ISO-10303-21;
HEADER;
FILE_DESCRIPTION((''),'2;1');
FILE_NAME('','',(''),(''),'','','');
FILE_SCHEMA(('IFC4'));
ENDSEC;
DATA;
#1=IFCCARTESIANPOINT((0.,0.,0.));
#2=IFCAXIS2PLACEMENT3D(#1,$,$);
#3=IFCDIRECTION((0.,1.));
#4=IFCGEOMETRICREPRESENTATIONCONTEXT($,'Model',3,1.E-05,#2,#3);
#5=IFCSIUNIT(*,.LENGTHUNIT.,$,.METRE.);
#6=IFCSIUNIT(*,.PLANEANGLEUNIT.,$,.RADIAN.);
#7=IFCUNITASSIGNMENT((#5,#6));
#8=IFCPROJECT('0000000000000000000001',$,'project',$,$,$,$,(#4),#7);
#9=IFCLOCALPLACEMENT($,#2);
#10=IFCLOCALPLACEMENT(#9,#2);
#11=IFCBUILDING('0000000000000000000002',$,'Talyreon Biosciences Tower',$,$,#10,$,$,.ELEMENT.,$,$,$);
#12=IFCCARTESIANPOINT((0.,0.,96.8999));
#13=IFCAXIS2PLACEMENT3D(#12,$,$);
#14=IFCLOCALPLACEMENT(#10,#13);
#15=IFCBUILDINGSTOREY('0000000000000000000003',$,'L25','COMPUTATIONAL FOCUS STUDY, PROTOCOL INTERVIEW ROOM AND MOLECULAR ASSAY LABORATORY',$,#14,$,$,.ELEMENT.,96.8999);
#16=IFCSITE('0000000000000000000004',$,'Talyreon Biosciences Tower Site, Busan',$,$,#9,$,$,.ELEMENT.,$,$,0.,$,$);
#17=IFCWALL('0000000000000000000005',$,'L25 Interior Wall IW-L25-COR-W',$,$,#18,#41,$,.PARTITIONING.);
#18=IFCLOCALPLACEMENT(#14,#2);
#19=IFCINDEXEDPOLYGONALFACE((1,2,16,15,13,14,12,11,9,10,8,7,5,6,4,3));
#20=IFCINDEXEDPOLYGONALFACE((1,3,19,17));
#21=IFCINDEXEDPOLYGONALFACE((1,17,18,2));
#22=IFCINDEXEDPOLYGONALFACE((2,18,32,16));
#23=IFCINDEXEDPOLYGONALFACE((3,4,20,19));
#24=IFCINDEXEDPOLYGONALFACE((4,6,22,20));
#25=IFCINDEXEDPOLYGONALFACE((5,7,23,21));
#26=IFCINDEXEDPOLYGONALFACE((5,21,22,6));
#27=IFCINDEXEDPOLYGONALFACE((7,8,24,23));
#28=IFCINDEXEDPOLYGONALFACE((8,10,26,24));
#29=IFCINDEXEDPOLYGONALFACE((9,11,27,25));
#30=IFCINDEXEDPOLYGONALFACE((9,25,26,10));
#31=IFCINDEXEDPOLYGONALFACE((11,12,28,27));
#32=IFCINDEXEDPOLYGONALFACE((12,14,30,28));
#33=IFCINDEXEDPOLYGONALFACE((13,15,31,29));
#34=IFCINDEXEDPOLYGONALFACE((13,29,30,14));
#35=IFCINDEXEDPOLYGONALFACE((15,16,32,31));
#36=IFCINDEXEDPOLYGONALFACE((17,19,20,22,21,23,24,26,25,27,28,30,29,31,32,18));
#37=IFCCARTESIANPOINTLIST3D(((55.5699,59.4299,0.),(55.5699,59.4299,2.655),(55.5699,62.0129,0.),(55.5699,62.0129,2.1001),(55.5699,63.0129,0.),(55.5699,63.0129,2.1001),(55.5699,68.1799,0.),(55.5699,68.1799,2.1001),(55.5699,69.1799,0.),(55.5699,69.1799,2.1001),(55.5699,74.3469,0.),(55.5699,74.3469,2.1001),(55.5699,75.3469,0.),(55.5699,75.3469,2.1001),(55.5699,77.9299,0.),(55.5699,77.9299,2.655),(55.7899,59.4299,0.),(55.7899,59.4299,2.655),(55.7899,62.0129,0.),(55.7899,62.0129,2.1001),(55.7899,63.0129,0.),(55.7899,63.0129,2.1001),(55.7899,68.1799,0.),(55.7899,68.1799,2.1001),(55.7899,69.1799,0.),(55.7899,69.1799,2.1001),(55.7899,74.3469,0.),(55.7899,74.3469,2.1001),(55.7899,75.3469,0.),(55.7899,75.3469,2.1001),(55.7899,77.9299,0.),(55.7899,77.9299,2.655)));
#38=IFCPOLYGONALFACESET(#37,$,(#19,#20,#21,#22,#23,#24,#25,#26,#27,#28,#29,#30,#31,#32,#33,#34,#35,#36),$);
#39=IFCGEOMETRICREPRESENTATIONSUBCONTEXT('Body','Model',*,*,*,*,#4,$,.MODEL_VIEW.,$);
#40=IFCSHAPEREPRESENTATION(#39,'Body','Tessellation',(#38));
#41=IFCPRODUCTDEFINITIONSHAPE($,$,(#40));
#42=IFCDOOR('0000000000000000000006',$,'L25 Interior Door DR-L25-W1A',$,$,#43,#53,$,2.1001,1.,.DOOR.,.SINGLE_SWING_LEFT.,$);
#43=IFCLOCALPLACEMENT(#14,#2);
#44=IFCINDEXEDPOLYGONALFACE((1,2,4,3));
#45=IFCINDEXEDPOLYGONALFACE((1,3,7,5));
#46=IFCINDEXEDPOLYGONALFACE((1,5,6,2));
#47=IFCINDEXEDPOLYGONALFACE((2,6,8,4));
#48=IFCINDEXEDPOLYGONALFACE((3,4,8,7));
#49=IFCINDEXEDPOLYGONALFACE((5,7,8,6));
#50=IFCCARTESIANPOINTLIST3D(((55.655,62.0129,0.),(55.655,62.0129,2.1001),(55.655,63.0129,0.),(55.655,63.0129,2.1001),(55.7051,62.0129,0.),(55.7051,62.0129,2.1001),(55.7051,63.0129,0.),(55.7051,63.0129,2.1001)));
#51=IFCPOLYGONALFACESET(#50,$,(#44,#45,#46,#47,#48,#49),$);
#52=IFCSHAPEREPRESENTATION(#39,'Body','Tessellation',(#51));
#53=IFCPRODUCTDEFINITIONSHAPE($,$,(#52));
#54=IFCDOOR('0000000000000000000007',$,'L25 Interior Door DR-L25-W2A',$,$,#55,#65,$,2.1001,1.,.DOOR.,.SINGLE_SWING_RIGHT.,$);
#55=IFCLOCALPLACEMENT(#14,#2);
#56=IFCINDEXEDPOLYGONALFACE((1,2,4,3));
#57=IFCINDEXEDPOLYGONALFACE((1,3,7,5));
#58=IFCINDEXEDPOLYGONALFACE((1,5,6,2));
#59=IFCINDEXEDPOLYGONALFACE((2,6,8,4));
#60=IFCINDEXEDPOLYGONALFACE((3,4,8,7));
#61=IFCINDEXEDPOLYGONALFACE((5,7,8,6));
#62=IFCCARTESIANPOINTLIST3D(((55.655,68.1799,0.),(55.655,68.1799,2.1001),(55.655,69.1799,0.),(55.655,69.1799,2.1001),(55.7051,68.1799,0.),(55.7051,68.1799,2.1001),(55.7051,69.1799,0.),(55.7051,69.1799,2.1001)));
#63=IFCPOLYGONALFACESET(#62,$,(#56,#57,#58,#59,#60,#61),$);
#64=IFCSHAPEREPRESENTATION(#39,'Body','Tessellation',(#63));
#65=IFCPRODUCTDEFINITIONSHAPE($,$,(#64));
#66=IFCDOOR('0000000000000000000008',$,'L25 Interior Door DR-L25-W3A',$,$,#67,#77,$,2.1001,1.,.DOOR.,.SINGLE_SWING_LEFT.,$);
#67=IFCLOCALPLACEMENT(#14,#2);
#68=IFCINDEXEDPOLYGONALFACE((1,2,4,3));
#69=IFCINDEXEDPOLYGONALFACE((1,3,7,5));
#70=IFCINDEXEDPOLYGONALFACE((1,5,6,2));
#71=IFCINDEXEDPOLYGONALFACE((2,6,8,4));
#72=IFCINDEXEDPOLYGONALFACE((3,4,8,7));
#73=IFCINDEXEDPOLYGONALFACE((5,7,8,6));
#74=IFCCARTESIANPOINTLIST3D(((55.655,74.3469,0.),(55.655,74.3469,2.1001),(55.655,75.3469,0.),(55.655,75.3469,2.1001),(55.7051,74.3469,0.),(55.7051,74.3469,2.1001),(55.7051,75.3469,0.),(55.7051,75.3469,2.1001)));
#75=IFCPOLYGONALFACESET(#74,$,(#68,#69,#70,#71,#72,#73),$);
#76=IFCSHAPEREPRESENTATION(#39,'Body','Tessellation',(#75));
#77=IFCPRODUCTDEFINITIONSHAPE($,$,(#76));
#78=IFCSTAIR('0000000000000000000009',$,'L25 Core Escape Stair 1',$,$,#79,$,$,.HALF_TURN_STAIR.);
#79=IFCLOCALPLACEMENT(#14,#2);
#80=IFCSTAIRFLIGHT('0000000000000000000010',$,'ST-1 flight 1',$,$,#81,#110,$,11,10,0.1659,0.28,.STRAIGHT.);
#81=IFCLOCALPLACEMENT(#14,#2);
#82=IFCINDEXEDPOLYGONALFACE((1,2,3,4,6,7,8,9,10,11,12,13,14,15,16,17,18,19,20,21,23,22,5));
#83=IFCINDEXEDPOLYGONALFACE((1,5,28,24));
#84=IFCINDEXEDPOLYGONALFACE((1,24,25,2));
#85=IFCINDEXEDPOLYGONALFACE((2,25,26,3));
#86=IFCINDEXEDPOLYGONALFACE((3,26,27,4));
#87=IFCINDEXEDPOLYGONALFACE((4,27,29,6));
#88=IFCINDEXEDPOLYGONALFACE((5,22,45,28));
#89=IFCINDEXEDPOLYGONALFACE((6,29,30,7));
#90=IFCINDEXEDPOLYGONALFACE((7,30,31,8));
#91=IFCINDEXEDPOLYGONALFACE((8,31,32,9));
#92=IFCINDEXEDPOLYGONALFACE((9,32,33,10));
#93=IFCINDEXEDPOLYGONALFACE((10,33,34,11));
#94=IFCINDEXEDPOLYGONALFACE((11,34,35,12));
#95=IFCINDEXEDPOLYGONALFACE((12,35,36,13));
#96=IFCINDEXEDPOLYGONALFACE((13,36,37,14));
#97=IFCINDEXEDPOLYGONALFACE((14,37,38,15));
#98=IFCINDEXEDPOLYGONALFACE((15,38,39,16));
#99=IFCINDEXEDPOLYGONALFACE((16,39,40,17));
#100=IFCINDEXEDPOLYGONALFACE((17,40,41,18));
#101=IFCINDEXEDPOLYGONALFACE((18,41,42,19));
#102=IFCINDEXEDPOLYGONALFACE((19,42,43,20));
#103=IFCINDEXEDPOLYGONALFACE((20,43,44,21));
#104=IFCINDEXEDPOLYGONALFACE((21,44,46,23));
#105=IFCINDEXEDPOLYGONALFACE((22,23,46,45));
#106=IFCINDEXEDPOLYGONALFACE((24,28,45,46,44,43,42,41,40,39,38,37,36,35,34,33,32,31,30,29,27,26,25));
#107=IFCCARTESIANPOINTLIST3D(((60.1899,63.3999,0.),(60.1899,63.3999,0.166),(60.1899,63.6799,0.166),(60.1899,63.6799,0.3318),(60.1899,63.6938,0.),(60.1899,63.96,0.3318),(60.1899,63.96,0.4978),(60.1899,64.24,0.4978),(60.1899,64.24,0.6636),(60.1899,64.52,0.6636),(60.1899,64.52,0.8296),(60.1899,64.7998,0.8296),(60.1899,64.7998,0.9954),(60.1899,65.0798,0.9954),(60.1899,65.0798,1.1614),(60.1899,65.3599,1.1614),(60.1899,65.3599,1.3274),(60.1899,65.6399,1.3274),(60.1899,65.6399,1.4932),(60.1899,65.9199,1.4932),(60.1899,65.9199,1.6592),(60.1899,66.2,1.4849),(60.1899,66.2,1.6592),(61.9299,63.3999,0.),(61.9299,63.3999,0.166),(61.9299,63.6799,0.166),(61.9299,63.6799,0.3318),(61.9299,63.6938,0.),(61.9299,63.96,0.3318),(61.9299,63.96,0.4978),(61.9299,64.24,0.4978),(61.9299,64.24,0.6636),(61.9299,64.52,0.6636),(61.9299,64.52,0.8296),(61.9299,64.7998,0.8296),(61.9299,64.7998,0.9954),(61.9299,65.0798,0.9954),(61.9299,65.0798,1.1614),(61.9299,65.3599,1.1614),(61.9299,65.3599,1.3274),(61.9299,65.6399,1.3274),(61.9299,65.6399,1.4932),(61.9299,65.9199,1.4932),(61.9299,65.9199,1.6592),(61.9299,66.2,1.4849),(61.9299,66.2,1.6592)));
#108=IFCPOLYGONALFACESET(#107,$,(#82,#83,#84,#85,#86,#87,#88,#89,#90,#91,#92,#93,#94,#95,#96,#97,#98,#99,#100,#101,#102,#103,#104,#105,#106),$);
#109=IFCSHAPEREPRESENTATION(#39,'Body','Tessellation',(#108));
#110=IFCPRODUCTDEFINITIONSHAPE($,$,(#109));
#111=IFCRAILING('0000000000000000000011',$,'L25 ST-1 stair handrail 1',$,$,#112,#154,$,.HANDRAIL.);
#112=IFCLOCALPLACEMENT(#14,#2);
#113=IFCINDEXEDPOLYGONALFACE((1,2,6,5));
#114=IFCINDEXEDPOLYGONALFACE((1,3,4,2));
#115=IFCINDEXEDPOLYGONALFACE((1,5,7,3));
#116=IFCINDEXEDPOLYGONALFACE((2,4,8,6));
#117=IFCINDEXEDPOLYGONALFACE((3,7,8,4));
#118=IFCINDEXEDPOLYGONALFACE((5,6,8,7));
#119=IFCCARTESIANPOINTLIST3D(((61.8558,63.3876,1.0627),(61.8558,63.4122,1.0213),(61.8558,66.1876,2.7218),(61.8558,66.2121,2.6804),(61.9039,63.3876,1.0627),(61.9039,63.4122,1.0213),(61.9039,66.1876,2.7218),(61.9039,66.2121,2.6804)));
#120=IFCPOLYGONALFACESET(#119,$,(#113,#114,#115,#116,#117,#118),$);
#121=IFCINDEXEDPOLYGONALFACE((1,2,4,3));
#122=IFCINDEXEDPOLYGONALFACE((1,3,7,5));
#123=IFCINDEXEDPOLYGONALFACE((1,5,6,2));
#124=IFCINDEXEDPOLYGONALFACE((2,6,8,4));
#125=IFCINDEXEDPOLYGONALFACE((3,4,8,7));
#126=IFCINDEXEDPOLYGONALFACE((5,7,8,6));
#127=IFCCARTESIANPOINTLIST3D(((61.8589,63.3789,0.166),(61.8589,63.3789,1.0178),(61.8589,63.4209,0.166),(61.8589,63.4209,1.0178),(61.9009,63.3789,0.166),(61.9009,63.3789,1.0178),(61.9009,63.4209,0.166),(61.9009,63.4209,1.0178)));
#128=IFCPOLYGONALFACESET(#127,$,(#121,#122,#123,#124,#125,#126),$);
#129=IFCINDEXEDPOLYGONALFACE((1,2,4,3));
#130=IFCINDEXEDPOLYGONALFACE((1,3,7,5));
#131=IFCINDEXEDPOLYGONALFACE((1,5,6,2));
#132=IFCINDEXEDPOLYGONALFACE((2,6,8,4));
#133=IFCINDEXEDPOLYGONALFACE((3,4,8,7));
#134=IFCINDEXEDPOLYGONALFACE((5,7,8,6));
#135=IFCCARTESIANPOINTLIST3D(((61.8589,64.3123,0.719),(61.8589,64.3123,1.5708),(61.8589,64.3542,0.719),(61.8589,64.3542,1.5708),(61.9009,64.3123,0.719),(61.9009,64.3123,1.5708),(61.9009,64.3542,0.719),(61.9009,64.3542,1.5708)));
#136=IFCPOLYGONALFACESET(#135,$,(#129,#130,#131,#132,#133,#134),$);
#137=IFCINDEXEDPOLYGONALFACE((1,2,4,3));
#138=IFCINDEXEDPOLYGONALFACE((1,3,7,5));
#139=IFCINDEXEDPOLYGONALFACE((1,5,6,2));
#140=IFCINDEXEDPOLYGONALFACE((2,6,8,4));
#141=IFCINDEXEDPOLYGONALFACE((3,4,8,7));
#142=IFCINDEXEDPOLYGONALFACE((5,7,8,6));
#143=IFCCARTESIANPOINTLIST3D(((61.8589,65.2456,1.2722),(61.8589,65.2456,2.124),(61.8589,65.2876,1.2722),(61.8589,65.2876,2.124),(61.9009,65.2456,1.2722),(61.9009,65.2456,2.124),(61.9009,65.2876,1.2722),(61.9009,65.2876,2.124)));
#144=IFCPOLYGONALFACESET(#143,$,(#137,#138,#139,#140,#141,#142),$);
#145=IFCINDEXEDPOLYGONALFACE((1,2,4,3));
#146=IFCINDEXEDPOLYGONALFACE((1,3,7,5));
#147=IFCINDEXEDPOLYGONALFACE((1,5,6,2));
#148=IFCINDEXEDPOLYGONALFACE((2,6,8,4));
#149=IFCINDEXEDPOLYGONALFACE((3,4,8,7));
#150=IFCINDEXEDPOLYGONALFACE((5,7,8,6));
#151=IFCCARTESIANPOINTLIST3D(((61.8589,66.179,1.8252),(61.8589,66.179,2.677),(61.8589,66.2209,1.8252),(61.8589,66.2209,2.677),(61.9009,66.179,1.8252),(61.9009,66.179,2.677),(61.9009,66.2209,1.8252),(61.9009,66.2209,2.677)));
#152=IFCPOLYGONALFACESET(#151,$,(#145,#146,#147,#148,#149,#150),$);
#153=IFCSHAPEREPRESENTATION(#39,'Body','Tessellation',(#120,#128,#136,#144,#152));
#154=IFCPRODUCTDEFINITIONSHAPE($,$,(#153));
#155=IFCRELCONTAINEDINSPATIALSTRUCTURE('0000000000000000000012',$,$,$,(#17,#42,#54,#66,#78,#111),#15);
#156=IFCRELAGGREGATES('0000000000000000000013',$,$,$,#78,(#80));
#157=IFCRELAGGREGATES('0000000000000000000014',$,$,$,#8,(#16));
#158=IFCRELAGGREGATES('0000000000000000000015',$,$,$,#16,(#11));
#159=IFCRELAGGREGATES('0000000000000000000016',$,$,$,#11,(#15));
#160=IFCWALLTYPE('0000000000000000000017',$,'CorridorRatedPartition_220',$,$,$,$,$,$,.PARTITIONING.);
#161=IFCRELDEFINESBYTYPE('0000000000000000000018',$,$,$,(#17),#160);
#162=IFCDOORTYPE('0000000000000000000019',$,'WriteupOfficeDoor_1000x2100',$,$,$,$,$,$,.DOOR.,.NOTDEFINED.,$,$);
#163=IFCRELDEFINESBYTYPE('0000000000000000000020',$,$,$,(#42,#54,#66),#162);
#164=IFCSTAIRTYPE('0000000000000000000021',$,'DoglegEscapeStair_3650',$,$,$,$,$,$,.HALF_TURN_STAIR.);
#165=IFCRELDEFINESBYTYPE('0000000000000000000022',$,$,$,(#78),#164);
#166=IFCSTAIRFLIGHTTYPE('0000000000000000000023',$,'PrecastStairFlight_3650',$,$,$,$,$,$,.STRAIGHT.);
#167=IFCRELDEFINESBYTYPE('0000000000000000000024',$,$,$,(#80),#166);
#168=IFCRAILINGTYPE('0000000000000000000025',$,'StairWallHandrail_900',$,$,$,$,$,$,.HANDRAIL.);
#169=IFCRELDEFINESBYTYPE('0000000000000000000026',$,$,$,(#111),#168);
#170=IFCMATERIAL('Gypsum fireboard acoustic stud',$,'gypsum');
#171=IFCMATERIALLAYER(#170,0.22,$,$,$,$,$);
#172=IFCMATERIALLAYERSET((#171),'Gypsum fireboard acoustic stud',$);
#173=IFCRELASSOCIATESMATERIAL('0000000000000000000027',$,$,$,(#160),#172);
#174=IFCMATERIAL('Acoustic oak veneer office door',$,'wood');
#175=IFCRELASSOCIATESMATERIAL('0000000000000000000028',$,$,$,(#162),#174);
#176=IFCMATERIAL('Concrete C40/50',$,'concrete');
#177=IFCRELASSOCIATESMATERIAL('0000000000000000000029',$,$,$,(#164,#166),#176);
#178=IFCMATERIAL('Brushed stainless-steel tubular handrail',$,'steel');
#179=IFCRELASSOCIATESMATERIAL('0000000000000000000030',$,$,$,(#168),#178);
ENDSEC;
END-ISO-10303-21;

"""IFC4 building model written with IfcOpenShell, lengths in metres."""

from ifc_helpers import new_model, si_unit, direction, frame, frame_2d, origin, origin_2d, place, context, subcontext, project, spatial, polyline, rectangle, outline, extrude, material, layer, layer_set, type_object, element, fill, aggregate, save


model = new_model("IFC4")

# Units and contexts
model_context = context("Model", 3, precision=1e-05, world=origin(), true_north=direction((0.0, 1.0)))
body_context = subcontext(model_context, "Body", "Model", "MODEL_VIEW")
ifc_project = project(units=[si_unit("LENGTHUNIT", "METRE"), si_unit("PLANEANGLEUNIT", "RADIAN")], contexts=[model_context])

# Site, building, storey
site_placement = place(None, origin())
site = spatial("IfcSite", under=ifc_project, at=site_placement, Name="Talyreon Biosciences Tower Site, Busan", CompositionType="ELEMENT", RefElevation=0.0)
building_placement = place(site_placement, origin())
building = spatial("IfcBuilding", under=site, at=building_placement, Name="Talyreon Biosciences Tower", CompositionType="ELEMENT")
storey_placement = place(building_placement, frame((0.0, 0.0, 96.8999)))
storey = spatial("IfcBuildingStorey", under=building, at=storey_placement, Name="L25", Description="COMPUTATIONAL FOCUS STUDY, PROTOCOL INTERVIEW ROOM AND MOLECULAR ASSAY LABORATORY", CompositionType="ELEMENT", Elevation=96.8999)

# Wall, openings, doors
ifc_material_1 = material(Name="Gypsum fireboard acoustic stud", Category="gypsum")
ifc_layer_1 = layer(ifc_material_1, 0.22)
ifc_layer_set_1 = layer_set([ifc_layer_1], Name="Gypsum fireboard acoustic stud")
wall_type_1 = type_object("IfcWallType", Name="CorridorRatedPartition_220", PredefinedType="PARTITIONING", material=ifc_layer_set_1)
wall_1_placement = place(storey_placement, frame((55.6799, 59.4299, 0.0), z_axis=(0.0, 0.0, 1.0), x_axis=(0.0, 1.0, 0.0)))
wall_1 = element("IfcWall", 1, at=wall_1_placement, inside=storey, type_object=wall_type_1, Name="L25 Interior Wall IW-L25-COR-W", PredefinedType="PARTITIONING", context=body_context, shape_type="SweptSolid", body=[
    extrude(rectangle(XDim=18.5, YDim=0.22, at=frame_2d((9.25, 0.0))), origin(), (0.0, 0.0, 1.0), 2.655),
])
opening_1_placement = place(wall_1_placement, frame((2.583, 0.0, 0.0)))
opening_1 = element("IfcOpeningElement", 2, at=opening_1_placement, cuts=wall_1, PredefinedType="OPENING", context=body_context, shape_type="SweptSolid", body=[
    extrude(rectangle(XDim=1.0, YDim=2.1001, at=frame_2d((0.5, 1.05))), frame((0.0, 0.1199, 0.0), z_axis=(0.0, -1.0, 0.0), x_axis=(1.0, 0.0, 0.0)), (0.0, 0.0, 1.0), 0.24),
])
opening_2_placement = place(wall_1_placement, frame((8.75, 0.0, 0.0)))
opening_2 = element("IfcOpeningElement", 3, at=opening_2_placement, cuts=wall_1, PredefinedType="OPENING", context=body_context, shape_type="SweptSolid", body=[
    extrude(rectangle(XDim=1.0, YDim=2.1001, at=frame_2d((0.5, 1.05))), frame((0.0, 0.1199, 0.0), z_axis=(0.0, -1.0, 0.0), x_axis=(1.0, 0.0, 0.0)), (0.0, 0.0, 1.0), 0.24),
])
opening_3_placement = place(wall_1_placement, frame((14.917, 0.0, 0.0)))
opening_3 = element("IfcOpeningElement", 4, at=opening_3_placement, cuts=wall_1, PredefinedType="OPENING", context=body_context, shape_type="SweptSolid", body=[
    extrude(rectangle(XDim=1.0, YDim=2.1001, at=frame_2d((0.5, 1.05))), frame((0.0, 0.1199, 0.0), z_axis=(0.0, -1.0, 0.0), x_axis=(1.0, 0.0, 0.0)), (0.0, 0.0, 1.0), 0.24),
])
ifc_material_2 = material(Name="Acoustic oak veneer office door", Category="wood")
door_type_1 = type_object("IfcDoorType", Name="WriteupOfficeDoor_1000x2100", OperationType="NOTDEFINED", PredefinedType="DOOR", material=ifc_material_2)
door_1_placement = place(opening_1_placement, origin())
door_1 = element("IfcDoor", 5, at=door_1_placement, inside=storey, type_object=door_type_1, Name="L25 Interior Door DR-L25-W1A", OperationType="SINGLE_SWING_LEFT", OverallHeight=2.1001, OverallWidth=1.0, PredefinedType="DOOR", context=body_context, shape_type="SweptSolid", body=[
    extrude(rectangle(XDim=1.0, YDim=2.1001, at=frame_2d((0.5, 1.05))), frame((0.0, 0.0249, 0.0), z_axis=(0.0, -1.0, 0.0), x_axis=(1.0, 0.0, 0.0)), (0.0, 0.0, 1.0), 0.05),
])
fill(opening_1, door_1)
door_2_placement = place(opening_2_placement, origin())
door_2 = element("IfcDoor", 6, at=door_2_placement, inside=storey, type_object=door_type_1, Name="L25 Interior Door DR-L25-W2A", OperationType="SINGLE_SWING_RIGHT", OverallHeight=2.1001, OverallWidth=1.0, PredefinedType="DOOR", context=body_context, shape_type="SweptSolid", body=[
    extrude(rectangle(XDim=1.0, YDim=2.1001, at=frame_2d((0.5, 1.05))), frame((0.0, 0.0249, 0.0), z_axis=(0.0, -1.0, 0.0), x_axis=(1.0, 0.0, 0.0)), (0.0, 0.0, 1.0), 0.05),
])
fill(opening_2, door_2)
door_3_placement = place(opening_3_placement, origin())
door_3 = element("IfcDoor", 7, at=door_3_placement, inside=storey, type_object=door_type_1, Name="L25 Interior Door DR-L25-W3A", OperationType="SINGLE_SWING_LEFT", OverallHeight=2.1001, OverallWidth=1.0, PredefinedType="DOOR", context=body_context, shape_type="SweptSolid", body=[
    extrude(rectangle(XDim=1.0, YDim=2.1001, at=frame_2d((0.5, 1.05))), frame((0.0, 0.0249, 0.0), z_axis=(0.0, -1.0, 0.0), x_axis=(1.0, 0.0, 0.0)), (0.0, 0.0, 1.0), 0.05),
])
fill(opening_3, door_3)

# Stair, stair flight
ifc_material_3 = material(Name="Concrete C40/50", Category="concrete")
stair_type = type_object("IfcStairType", Name="DoglegEscapeStair_3650", PredefinedType="HALF_TURN_STAIR", material=ifc_material_3)
stair_placement = place(storey_placement, origin())
stair = element("IfcStair", 8, at=stair_placement, inside=storey, type_object=stair_type, Name="L25 Core Escape Stair 1", PredefinedType="HALF_TURN_STAIR")
stair_flight_type = type_object("IfcStairFlightType", Name="PrecastStairFlight_3650", PredefinedType="STRAIGHT", material=ifc_material_3)
stair_flight_placement = place(storey_placement, frame((61.0601, 63.3999, 0.0), z_axis=(0.0, 0.0, 1.0), x_axis=(0.0, 1.0, 0.0)))
stair_flight = element("IfcStairFlight", 9, at=stair_flight_placement, type_object=stair_flight_type, Name="ST-1 flight 1", NumberOfRisers=11, NumberOfTreads=10, PredefinedType="STRAIGHT", RiserHeight=0.1659, TreadLength=0.28, context=body_context, shape_type="SweptSolid", body=[
    extrude(outline(polyline([(0.0, 0.0), (0.0, 0.166), (0.28, 0.166), (0.28, 0.3318), (0.5601, 0.3318), (0.5601, 0.4978), (0.8401, 0.4978), (0.8401, 0.6636), (1.1201, 0.6636), (1.1201, 0.8296), (1.3999, 0.8296), (1.3999, 0.9954), (1.6799, 0.9954), (1.6799, 1.1614), (1.96, 1.1614), (1.96, 1.3274), (2.24, 1.3274), (2.24, 1.4932), (2.52, 1.4932), (2.52, 1.6592), (2.8, 1.6592), (2.8, 1.825), (2.8, 1.4849), (0.2939, 0.0), (0.0, 0.0)])), frame((0.0, 0.8701, 0.0), z_axis=(0.0, -1.0, 0.0), x_axis=(1.0, 0.0, 0.0)), (0.0, 0.0, 1.0), 1.74),
])
aggregate(stair, [stair_flight])

# Railing
ifc_material_4 = material(Name="Brushed stainless-steel tubular handrail", Category="steel")
railing_type_1 = type_object("IfcRailingType", Name="StairWallHandrail_900", PredefinedType="HANDRAIL", material=ifc_material_4)
railing_1_placement = place(storey_placement, frame((61.8799, 63.3999, 0.166)))
element("IfcRailing", 10, at=railing_1_placement, inside=storey, type_object=railing_type_1, Name="L25 ST-1 stair handrail 1", PredefinedType="HANDRAIL", context=body_context, shape_type="SweptSolid", body=[
    extrude(rectangle(XDim=0.0481, YDim=0.0481, at=origin_2d()), frame((0.0, 0.0, 0.876), z_axis=(0.0, 0.860306, 0.509778), x_axis=(-1.0, 0.0, 0.0)), (0.0, 0.0, 1.0), 3.2546),
    extrude(rectangle(XDim=0.042, YDim=0.042, at=origin_2d()), origin(), (0.0, 0.0, 1.0), 0.8518),
    extrude(rectangle(XDim=0.042, YDim=0.042, at=origin_2d()), frame((0.0, 0.9333, 0.553)), (0.0, 0.0, 1.0), 0.8518),
    extrude(rectangle(XDim=0.042, YDim=0.042, at=origin_2d()), frame((0.0, 1.8667, 1.1062)), (0.0, 0.0, 1.0), 0.8518),
    extrude(rectangle(XDim=0.042, YDim=0.042, at=origin_2d()), frame((0.0, 2.8, 1.6592)), (0.0, 0.0, 1.0), 0.8518),
])

save(model, "model.ifc")
